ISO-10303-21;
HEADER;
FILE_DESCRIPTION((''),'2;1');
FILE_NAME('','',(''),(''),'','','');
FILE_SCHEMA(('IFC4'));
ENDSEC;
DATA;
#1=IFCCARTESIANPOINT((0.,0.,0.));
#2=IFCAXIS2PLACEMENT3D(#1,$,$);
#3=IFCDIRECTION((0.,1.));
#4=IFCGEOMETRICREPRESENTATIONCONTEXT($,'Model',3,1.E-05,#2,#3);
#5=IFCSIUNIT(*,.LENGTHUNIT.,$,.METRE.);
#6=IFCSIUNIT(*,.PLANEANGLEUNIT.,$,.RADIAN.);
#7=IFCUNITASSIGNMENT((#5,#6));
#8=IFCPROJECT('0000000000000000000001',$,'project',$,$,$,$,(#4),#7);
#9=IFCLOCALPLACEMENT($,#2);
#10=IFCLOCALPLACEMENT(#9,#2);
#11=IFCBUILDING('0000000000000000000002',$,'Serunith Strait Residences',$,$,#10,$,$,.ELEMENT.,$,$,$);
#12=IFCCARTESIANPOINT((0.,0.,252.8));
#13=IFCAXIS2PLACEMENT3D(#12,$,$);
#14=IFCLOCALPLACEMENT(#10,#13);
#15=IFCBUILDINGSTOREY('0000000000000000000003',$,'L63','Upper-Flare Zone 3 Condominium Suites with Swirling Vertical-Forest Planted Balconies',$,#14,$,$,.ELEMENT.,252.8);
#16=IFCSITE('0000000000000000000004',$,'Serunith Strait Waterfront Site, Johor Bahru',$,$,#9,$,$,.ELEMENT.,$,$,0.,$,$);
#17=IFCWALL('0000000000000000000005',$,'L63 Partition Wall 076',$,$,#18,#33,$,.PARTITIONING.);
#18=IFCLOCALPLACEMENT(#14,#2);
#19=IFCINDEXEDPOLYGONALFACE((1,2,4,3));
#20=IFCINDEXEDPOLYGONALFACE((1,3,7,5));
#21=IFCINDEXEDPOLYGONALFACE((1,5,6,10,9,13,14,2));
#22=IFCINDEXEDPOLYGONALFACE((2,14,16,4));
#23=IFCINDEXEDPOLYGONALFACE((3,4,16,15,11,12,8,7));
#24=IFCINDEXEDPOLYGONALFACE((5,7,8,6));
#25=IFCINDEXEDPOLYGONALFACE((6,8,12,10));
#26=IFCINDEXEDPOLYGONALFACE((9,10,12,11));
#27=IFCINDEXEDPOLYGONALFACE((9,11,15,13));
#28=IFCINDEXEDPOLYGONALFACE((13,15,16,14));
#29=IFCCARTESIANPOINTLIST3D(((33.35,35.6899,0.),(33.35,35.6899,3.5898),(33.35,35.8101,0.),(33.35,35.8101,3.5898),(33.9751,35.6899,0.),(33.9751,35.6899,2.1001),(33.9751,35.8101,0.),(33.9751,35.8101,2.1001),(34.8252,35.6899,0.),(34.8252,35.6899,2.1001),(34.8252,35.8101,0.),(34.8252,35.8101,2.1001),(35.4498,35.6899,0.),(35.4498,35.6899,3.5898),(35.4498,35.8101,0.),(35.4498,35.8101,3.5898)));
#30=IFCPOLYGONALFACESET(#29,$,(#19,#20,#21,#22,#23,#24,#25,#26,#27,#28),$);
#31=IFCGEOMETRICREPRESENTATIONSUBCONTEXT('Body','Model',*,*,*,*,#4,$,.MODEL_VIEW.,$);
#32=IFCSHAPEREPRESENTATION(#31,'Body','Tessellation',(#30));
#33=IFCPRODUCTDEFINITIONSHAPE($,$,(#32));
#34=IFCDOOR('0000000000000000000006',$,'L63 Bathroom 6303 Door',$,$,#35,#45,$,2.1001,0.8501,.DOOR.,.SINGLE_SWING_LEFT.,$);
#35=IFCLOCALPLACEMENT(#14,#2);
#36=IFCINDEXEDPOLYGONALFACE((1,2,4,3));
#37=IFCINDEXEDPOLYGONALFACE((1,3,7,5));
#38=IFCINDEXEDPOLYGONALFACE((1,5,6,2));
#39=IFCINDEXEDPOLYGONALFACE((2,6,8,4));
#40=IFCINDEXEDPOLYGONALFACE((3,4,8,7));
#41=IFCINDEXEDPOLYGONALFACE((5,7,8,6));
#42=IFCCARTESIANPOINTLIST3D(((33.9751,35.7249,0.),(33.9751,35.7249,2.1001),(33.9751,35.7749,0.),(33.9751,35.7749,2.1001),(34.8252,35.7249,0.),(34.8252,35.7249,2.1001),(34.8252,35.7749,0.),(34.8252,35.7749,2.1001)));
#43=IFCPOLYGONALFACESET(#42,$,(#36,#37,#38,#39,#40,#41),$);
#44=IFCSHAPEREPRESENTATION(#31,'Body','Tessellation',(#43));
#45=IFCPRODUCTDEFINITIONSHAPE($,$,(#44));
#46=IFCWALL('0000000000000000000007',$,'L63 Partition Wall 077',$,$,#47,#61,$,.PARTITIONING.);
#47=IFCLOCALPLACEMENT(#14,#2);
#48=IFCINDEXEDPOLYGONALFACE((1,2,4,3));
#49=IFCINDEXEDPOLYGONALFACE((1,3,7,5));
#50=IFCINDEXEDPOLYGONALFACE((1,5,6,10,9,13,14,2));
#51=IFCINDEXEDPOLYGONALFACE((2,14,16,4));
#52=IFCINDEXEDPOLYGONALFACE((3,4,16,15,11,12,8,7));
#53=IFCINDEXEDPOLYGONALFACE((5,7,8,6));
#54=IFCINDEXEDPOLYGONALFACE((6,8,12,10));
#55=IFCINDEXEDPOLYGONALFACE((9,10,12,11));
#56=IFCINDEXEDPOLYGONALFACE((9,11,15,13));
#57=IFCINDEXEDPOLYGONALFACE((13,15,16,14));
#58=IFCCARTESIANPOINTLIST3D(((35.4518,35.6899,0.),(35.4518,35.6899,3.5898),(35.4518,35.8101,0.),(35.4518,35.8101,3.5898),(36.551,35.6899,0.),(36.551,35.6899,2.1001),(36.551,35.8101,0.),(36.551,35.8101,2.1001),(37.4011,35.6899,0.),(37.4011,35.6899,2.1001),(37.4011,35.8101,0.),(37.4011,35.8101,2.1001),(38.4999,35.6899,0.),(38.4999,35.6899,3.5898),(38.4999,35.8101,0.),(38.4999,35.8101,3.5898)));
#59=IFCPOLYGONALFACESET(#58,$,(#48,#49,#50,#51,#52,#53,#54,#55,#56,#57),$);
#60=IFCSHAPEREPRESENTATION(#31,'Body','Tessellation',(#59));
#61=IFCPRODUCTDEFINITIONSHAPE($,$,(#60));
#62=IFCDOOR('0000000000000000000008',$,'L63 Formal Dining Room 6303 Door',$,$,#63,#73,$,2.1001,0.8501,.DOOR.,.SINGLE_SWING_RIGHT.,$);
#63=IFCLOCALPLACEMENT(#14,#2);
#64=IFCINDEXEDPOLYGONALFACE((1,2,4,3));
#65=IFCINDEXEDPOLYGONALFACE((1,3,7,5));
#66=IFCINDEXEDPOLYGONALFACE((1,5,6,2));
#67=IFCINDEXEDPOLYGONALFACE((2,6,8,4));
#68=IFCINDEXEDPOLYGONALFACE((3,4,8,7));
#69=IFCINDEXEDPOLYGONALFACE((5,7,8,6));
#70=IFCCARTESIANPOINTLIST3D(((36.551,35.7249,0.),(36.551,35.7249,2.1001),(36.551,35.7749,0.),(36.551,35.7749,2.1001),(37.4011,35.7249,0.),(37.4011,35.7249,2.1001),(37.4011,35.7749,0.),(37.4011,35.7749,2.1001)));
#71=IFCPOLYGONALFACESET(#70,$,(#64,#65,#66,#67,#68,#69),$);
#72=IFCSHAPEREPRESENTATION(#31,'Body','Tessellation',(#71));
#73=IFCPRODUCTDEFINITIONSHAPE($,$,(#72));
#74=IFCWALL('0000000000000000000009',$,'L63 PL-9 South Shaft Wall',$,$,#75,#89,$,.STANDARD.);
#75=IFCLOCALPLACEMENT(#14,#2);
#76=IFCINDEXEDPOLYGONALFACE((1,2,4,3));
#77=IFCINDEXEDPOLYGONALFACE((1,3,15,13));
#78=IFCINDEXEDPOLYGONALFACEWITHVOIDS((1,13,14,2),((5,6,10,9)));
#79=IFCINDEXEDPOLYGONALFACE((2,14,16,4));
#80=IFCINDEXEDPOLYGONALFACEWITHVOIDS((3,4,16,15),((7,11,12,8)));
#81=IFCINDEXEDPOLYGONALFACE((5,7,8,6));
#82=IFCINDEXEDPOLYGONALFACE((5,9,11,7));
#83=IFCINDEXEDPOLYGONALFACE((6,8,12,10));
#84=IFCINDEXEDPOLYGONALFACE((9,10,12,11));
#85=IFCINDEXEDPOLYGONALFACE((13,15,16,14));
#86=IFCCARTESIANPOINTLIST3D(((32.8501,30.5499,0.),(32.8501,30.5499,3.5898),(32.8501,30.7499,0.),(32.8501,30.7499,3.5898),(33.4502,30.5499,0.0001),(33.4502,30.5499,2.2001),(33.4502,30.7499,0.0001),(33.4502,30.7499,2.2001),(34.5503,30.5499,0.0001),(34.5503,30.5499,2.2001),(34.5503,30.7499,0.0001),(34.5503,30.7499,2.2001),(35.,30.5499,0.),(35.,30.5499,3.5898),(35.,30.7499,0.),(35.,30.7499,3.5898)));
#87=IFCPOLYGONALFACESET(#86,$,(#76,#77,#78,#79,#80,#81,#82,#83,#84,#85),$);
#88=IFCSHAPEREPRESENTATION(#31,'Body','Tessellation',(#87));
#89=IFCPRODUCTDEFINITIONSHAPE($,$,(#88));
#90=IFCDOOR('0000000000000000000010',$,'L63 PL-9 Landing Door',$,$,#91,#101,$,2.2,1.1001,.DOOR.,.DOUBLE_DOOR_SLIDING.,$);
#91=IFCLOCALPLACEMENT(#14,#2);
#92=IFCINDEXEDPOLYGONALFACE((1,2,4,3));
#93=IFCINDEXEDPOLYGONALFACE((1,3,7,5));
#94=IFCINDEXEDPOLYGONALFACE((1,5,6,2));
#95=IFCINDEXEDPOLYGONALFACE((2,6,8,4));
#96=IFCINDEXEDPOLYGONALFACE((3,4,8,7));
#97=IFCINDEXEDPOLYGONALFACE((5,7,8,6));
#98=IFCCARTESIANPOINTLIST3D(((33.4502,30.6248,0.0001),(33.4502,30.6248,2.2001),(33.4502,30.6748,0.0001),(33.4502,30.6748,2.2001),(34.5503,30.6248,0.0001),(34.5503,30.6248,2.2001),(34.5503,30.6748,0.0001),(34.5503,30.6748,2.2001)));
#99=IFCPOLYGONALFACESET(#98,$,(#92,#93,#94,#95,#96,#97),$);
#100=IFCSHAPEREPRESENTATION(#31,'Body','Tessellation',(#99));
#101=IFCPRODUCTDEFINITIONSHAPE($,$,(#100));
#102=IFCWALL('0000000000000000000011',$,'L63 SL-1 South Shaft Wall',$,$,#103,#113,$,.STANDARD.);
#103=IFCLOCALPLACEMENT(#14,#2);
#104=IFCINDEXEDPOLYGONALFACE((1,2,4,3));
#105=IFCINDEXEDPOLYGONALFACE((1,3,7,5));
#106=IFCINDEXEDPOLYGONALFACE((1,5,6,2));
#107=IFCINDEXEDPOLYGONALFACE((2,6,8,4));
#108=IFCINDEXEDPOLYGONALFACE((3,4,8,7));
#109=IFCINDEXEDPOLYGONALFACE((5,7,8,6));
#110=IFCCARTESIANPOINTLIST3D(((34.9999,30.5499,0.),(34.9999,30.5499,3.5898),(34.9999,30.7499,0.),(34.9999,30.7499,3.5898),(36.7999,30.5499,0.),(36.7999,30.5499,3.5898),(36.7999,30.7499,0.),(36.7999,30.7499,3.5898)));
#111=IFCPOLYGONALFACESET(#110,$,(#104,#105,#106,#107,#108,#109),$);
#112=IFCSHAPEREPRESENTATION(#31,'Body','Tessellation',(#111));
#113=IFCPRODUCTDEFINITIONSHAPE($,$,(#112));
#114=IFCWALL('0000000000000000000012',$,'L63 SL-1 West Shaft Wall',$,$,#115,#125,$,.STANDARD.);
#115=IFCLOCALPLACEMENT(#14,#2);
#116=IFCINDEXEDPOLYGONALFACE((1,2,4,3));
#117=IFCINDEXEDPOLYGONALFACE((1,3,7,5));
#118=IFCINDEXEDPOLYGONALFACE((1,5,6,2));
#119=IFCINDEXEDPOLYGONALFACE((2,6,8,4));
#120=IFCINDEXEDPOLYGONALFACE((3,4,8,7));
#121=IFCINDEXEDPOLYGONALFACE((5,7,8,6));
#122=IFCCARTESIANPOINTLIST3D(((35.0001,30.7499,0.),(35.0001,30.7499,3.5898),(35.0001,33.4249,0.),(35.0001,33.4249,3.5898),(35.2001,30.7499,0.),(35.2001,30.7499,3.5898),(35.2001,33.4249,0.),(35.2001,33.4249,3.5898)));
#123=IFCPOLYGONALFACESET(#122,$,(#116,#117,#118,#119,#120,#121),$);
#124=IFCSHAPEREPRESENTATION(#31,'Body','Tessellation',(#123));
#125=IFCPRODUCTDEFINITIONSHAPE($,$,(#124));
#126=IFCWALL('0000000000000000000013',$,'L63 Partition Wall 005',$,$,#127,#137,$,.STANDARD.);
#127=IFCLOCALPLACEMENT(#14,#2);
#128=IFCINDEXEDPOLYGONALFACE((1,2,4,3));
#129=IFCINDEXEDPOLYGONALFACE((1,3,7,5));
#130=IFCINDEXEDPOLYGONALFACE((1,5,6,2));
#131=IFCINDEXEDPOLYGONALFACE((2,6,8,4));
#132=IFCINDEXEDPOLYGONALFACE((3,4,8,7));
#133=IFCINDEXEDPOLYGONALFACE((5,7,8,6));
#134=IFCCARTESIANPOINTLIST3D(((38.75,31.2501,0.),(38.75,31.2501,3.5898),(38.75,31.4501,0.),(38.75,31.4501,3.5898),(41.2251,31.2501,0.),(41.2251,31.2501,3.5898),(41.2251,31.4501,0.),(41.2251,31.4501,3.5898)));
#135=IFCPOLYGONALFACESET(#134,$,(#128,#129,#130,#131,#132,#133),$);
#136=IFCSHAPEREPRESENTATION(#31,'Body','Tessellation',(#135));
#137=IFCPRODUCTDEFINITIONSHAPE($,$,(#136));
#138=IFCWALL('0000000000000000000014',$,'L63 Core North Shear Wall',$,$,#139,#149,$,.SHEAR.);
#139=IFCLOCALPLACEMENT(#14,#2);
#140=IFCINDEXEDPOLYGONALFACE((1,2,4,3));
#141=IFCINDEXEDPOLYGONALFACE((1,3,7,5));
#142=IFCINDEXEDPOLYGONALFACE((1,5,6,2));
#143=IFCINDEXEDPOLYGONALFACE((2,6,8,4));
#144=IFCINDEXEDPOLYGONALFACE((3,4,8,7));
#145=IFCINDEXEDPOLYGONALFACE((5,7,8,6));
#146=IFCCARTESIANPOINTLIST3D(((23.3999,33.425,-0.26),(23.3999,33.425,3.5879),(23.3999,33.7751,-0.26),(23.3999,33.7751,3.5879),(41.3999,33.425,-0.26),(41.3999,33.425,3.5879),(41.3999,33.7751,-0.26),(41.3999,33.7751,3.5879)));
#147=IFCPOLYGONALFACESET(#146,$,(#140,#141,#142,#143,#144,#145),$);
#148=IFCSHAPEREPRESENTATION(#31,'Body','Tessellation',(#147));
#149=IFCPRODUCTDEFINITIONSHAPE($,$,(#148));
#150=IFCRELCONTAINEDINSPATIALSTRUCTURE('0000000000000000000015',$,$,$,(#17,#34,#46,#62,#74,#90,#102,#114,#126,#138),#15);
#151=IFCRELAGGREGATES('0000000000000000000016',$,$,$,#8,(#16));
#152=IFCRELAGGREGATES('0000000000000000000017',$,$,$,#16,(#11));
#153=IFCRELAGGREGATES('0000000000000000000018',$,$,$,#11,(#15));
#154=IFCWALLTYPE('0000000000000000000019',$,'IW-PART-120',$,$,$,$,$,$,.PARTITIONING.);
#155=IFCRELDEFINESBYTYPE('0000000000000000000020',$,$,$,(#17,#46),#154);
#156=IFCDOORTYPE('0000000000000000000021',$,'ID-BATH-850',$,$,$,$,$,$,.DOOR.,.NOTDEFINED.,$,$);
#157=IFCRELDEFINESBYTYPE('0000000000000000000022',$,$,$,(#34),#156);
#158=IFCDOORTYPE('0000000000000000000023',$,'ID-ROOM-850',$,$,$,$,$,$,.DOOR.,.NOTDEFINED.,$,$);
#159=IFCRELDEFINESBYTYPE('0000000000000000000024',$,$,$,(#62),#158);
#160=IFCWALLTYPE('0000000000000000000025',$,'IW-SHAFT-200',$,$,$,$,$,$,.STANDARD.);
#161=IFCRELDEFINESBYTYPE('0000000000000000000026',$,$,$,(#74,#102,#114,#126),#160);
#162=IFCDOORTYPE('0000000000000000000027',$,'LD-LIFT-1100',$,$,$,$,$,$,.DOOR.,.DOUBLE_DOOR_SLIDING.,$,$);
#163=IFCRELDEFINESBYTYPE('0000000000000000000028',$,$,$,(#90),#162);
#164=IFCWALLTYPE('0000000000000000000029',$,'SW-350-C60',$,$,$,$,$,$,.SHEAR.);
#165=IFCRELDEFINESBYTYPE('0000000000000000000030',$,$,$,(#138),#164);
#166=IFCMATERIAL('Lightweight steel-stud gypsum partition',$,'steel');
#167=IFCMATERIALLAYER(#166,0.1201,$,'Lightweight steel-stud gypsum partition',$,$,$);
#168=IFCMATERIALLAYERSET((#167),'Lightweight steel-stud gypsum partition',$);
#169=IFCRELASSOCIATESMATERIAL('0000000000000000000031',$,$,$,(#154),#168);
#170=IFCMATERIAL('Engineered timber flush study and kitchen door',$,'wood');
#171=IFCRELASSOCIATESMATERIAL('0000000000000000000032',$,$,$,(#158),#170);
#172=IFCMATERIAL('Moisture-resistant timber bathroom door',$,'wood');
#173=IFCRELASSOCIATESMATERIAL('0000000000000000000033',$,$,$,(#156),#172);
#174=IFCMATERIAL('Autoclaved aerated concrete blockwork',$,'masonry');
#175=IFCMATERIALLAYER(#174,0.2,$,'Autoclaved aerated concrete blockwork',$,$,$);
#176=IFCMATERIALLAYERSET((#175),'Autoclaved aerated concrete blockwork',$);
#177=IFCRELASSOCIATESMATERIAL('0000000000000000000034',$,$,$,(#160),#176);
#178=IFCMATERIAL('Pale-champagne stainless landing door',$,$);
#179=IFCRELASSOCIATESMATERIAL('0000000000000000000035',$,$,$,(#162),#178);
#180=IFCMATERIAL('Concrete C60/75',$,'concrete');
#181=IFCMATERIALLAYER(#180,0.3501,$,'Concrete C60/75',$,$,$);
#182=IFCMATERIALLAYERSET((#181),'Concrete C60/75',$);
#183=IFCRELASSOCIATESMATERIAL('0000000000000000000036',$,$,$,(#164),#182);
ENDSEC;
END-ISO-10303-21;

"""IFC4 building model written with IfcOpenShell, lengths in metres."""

from ifc_helpers import new_model, si_unit, direction, frame, frame_2d, origin, place, context, subcontext, project, spatial, rectangle, extrude, source, transform, mapped, material, layer, layer_set, type_object, element, fill, save


model = new_model("IFC4")

# Units and contexts
model_context = context("Model", 3, precision=1e-05, world=origin(), true_north=direction((0.0, 1.0)))
body_context = subcontext(model_context, "Body", "Model", "MODEL_VIEW")
ifc_project = project(units=[si_unit("LENGTHUNIT", "METRE"), si_unit("PLANEANGLEUNIT", "RADIAN")], contexts=[model_context])

# Site, building, storey
site_placement = place(None, origin())
site = spatial("IfcSite", under=ifc_project, at=site_placement, Name="Serunith Strait Waterfront Site, Johor Bahru", CompositionType="ELEMENT", RefElevation=0.0)
building_placement = place(site_placement, origin())
building = spatial("IfcBuilding", under=site, at=building_placement, Name="Serunith Strait Residences", CompositionType="ELEMENT")
storey_placement = place(building_placement, frame((0.0, 0.0, 252.8)))
storey = spatial("IfcBuildingStorey", under=building, at=storey_placement, Name="L63", Description="Upper-Flare Zone 3 Condominium Suites with Swirling Vertical-Forest Planted Balconies", CompositionType="ELEMENT", Elevation=252.8)

# Walls, openings, doors
shared_shape_1 = source(origin(), body_context, "Body", "SweptSolid", [
    extrude(rectangle(XDim=0.8501, YDim=2.1001, at=frame_2d((0.425, 1.05))), frame((0.0, 0.0249, 0.0), z_axis=(0.0, -1.0, 0.0), x_axis=(1.0, 0.0, 0.0)), (0.0, 0.0, 1.0), 0.05),
])
ifc_material_1 = material(Name="Lightweight steel-stud gypsum partition", Category="steel")
ifc_layer_1 = layer(ifc_material_1, 0.1201, Name="Lightweight steel-stud gypsum partition")
ifc_layer_set_1 = layer_set([ifc_layer_1], Name="Lightweight steel-stud gypsum partition")
wall_type_1 = type_object("IfcWallType", Name="IW-PART-120", PredefinedType="PARTITIONING", material=ifc_layer_set_1)
ifc_material_2 = material(Name="Engineered timber flush study and kitchen door", Category="wood")
door_type_1 = type_object("IfcDoorType", Name="ID-ROOM-850", OperationType="NOTDEFINED", PredefinedType="DOOR", material=ifc_material_2)
wall_1_placement = place(storey_placement, frame((33.3501, 35.75, 0.0), z_axis=(0.0, 0.0, 1.0), x_axis=(1.0, 0.0, 0.0)))
wall_1 = element("IfcWall", 1, at=wall_1_placement, inside=storey, type_object=wall_type_1, Name="L63 Partition Wall 076", PredefinedType="PARTITIONING", context=body_context, shape_type="SweptSolid", body=[
    extrude(rectangle(XDim=2.0999, YDim=0.1201, at=frame_2d((1.0498, 0.0))), origin(), (0.0, 0.0, 1.0), 3.5898),
])
opening_1_placement = place(wall_1_placement, frame((0.625, 0.0, 0.0)))
opening_1 = element("IfcOpeningElement", 2, at=opening_1_placement, cuts=wall_1, PredefinedType="OPENING", context=body_context, shape_type="SweptSolid", body=[
    extrude(rectangle(XDim=0.8501, YDim=2.1001, at=frame_2d((0.425, 1.05))), frame((0.0, 0.0701, 0.0), z_axis=(0.0, -1.0, 0.0), x_axis=(1.0, 0.0, 0.0)), (0.0, 0.0, 1.0), 0.1401),
])
ifc_material_3 = material(Name="Moisture-resistant timber bathroom door", Category="wood")
door_type_2 = type_object("IfcDoorType", Name="ID-BATH-850", OperationType="NOTDEFINED", PredefinedType="DOOR", material=ifc_material_3)
door_1_placement = place(opening_1_placement, origin())
door_1 = element("IfcDoor", 3, at=door_1_placement, inside=storey, type_object=door_type_2, Name="L63 Bathroom 6303 Door", OperationType="SINGLE_SWING_LEFT", OverallHeight=2.1001, OverallWidth=0.8501, PredefinedType="DOOR", context=body_context, shape_type="MappedRepresentation", body=[
    mapped(shared_shape_1, transform((0.0, 0.0, 0.0), scale=1.0)),
])
fill(opening_1, door_1)
wall_2_placement = place(storey_placement, frame((35.4519, 35.75, 0.0), z_axis=(0.0, 0.0, 1.0), x_axis=(1.0, 0.0, 0.0)))
wall_2 = element("IfcWall", 4, at=wall_2_placement, inside=storey, type_object=wall_type_1, Name="L63 Partition Wall 077", PredefinedType="PARTITIONING", context=body_context, shape_type="SweptSolid", body=[
    extrude(rectangle(XDim=3.0481, YDim=0.1201, at=frame_2d((1.5239, 0.0))), origin(), (0.0, 0.0, 1.0), 3.5898),
])
opening_2_placement = place(wall_2_placement, frame((1.0991, 0.0, 0.0)))
opening_2 = element("IfcOpeningElement", 5, at=opening_2_placement, cuts=wall_2, PredefinedType="OPENING", context=body_context, shape_type="SweptSolid", body=[
    extrude(rectangle(XDim=0.8501, YDim=2.1001, at=frame_2d((0.425, 1.05))), frame((0.0, 0.0701, 0.0), z_axis=(0.0, -1.0, 0.0), x_axis=(1.0, 0.0, 0.0)), (0.0, 0.0, 1.0), 0.1401),
])
door_2_placement = place(opening_2_placement, origin())
door_2 = element("IfcDoor", 6, at=door_2_placement, inside=storey, type_object=door_type_1, Name="L63 Formal Dining Room 6303 Door", OperationType="SINGLE_SWING_RIGHT", OverallHeight=2.1001, OverallWidth=0.8501, PredefinedType="DOOR", context=body_context, shape_type="MappedRepresentation", body=[
    mapped(shared_shape_1, transform((0.0, 0.0, 0.0), scale=1.0)),
])
fill(opening_2, door_2)
ifc_material_4 = material(Name="Autoclaved aerated concrete blockwork", Category="masonry")
ifc_layer_2 = layer(ifc_material_4, 0.2, Name="Autoclaved aerated concrete blockwork")
ifc_layer_set_2 = layer_set([ifc_layer_2], Name="Autoclaved aerated concrete blockwork")
wall_type_2 = type_object("IfcWallType", Name="IW-SHAFT-200", PredefinedType="STANDARD", material=ifc_layer_set_2)
wall_3_placement = place(storey_placement, frame((32.8501, 30.6499, 0.0), z_axis=(0.0, 0.0, 1.0), x_axis=(1.0, 0.0, 0.0)))
wall_3 = element("IfcWall", 7, at=wall_3_placement, inside=storey, type_object=wall_type_2, Name="L63 PL-9 South Shaft Wall", PredefinedType="STANDARD", context=body_context, shape_type="SweptSolid", body=[
    extrude(rectangle(XDim=2.1499, YDim=0.2, at=frame_2d((1.075, 0.0))), origin(), (0.0, 0.0, 1.0), 3.5898),
])
opening_3_placement = place(wall_3_placement, frame((0.6001, 0.0, 0.0)))
opening_3 = element("IfcOpeningElement", 8, at=opening_3_placement, cuts=wall_3, PredefinedType="OPENING", context=body_context, shape_type="SweptSolid", body=[
    extrude(rectangle(XDim=1.1001, YDim=2.2, at=frame_2d((0.55, 1.1001))), frame((0.0, 0.1099, 0.0), z_axis=(0.0, -1.0, 0.0), x_axis=(1.0, 0.0, 0.0)), (0.0, 0.0, 1.0), 0.22),
])
ifc_material_5 = material(Name="Pale-champagne stainless landing door")
door_type_3 = type_object("IfcDoorType", Name="LD-LIFT-1100", OperationType="DOUBLE_DOOR_SLIDING", PredefinedType="DOOR", material=ifc_material_5)
shared_shape_2 = source(origin(), body_context, "Body", "SweptSolid", [
    extrude(rectangle(XDim=1.1001, YDim=2.2, at=frame_2d((0.55, 1.1001))), frame((0.0, 0.0249, 0.0), z_axis=(0.0, -1.0, 0.0), x_axis=(1.0, 0.0, 0.0)), (0.0, 0.0, 1.0), 0.05),
])
door_3_placement = place(opening_3_placement, origin())
door_3 = element("IfcDoor", 9, at=door_3_placement, inside=storey, type_object=door_type_3, Name="L63 PL-9 Landing Door", OperationType="DOUBLE_DOOR_SLIDING", OverallHeight=2.2, OverallWidth=1.1001, PredefinedType="DOOR", context=body_context, shape_type="MappedRepresentation", body=[
    mapped(shared_shape_2, transform((0.0, 0.0, 0.0), scale=1.0)),
])
fill(opening_3, door_3)

# Walls
wall_4_placement = place(storey_placement, frame((35.0, 30.6499, 0.0), z_axis=(0.0, 0.0, 1.0), x_axis=(1.0, 0.0, 0.0)))
element("IfcWall", 10, at=wall_4_placement, inside=storey, type_object=wall_type_2, Name="L63 SL-1 South Shaft Wall", PredefinedType="STANDARD", context=body_context, shape_type="SweptSolid", body=[
    extrude(rectangle(XDim=1.8, YDim=0.2, at=frame_2d((0.8999, 0.0))), origin(), (0.0, 0.0, 1.0), 3.5898),
])
wall_5_placement = place(storey_placement, frame((35.1001, 30.75, 0.0), z_axis=(0.0, 0.0, 1.0), x_axis=(0.0, 1.0, 0.0)))
element("IfcWall", 11, at=wall_5_placement, inside=storey, type_object=wall_type_2, Name="L63 SL-1 West Shaft Wall", PredefinedType="STANDARD", context=body_context, shape_type="SweptSolid", body=[
    extrude(rectangle(XDim=2.675, YDim=0.2, at=frame_2d((1.3374, 0.0))), origin(), (0.0, 0.0, 1.0), 3.5898),
])
wall_6_placement = place(storey_placement, frame((38.75, 31.3501, 0.0), z_axis=(0.0, 0.0, 1.0), x_axis=(1.0, 0.0, 0.0)))
element("IfcWall", 12, at=wall_6_placement, inside=storey, type_object=wall_type_2, Name="L63 Partition Wall 005", PredefinedType="STANDARD", context=body_context, shape_type="SweptSolid", body=[
    extrude(rectangle(XDim=2.4751, YDim=0.2, at=frame_2d((1.2375, 0.0))), origin(), (0.0, 0.0, 1.0), 3.5898),
])
ifc_material_6 = material(Name="Concrete C60/75", Category="concrete")
ifc_layer_3 = layer(ifc_material_6, 0.3501, Name="Concrete C60/75")
ifc_layer_set_3 = layer_set([ifc_layer_3], Name="Concrete C60/75")
wall_type_3 = type_object("IfcWallType", Name="SW-350-C60", PredefinedType="SHEAR", material=ifc_layer_set_3)
wall_7_placement = place(storey_placement, frame((41.3999, 33.6001, -0.26), z_axis=(0.0, 0.0, 1.0), x_axis=(-1.0, 0.0, 0.0)))
element("IfcWall", 13, at=wall_7_placement, inside=storey, type_object=wall_type_3, Name="L63 Core North Shear Wall", PredefinedType="SHEAR", context=body_context, shape_type="SweptSolid", body=[
    extrude(rectangle(XDim=18.0, YDim=0.3501, at=frame_2d((9.0, 0.0))), origin(), (0.0, 0.0, 1.0), 3.8479),
])

save(model, "model.ifc")
